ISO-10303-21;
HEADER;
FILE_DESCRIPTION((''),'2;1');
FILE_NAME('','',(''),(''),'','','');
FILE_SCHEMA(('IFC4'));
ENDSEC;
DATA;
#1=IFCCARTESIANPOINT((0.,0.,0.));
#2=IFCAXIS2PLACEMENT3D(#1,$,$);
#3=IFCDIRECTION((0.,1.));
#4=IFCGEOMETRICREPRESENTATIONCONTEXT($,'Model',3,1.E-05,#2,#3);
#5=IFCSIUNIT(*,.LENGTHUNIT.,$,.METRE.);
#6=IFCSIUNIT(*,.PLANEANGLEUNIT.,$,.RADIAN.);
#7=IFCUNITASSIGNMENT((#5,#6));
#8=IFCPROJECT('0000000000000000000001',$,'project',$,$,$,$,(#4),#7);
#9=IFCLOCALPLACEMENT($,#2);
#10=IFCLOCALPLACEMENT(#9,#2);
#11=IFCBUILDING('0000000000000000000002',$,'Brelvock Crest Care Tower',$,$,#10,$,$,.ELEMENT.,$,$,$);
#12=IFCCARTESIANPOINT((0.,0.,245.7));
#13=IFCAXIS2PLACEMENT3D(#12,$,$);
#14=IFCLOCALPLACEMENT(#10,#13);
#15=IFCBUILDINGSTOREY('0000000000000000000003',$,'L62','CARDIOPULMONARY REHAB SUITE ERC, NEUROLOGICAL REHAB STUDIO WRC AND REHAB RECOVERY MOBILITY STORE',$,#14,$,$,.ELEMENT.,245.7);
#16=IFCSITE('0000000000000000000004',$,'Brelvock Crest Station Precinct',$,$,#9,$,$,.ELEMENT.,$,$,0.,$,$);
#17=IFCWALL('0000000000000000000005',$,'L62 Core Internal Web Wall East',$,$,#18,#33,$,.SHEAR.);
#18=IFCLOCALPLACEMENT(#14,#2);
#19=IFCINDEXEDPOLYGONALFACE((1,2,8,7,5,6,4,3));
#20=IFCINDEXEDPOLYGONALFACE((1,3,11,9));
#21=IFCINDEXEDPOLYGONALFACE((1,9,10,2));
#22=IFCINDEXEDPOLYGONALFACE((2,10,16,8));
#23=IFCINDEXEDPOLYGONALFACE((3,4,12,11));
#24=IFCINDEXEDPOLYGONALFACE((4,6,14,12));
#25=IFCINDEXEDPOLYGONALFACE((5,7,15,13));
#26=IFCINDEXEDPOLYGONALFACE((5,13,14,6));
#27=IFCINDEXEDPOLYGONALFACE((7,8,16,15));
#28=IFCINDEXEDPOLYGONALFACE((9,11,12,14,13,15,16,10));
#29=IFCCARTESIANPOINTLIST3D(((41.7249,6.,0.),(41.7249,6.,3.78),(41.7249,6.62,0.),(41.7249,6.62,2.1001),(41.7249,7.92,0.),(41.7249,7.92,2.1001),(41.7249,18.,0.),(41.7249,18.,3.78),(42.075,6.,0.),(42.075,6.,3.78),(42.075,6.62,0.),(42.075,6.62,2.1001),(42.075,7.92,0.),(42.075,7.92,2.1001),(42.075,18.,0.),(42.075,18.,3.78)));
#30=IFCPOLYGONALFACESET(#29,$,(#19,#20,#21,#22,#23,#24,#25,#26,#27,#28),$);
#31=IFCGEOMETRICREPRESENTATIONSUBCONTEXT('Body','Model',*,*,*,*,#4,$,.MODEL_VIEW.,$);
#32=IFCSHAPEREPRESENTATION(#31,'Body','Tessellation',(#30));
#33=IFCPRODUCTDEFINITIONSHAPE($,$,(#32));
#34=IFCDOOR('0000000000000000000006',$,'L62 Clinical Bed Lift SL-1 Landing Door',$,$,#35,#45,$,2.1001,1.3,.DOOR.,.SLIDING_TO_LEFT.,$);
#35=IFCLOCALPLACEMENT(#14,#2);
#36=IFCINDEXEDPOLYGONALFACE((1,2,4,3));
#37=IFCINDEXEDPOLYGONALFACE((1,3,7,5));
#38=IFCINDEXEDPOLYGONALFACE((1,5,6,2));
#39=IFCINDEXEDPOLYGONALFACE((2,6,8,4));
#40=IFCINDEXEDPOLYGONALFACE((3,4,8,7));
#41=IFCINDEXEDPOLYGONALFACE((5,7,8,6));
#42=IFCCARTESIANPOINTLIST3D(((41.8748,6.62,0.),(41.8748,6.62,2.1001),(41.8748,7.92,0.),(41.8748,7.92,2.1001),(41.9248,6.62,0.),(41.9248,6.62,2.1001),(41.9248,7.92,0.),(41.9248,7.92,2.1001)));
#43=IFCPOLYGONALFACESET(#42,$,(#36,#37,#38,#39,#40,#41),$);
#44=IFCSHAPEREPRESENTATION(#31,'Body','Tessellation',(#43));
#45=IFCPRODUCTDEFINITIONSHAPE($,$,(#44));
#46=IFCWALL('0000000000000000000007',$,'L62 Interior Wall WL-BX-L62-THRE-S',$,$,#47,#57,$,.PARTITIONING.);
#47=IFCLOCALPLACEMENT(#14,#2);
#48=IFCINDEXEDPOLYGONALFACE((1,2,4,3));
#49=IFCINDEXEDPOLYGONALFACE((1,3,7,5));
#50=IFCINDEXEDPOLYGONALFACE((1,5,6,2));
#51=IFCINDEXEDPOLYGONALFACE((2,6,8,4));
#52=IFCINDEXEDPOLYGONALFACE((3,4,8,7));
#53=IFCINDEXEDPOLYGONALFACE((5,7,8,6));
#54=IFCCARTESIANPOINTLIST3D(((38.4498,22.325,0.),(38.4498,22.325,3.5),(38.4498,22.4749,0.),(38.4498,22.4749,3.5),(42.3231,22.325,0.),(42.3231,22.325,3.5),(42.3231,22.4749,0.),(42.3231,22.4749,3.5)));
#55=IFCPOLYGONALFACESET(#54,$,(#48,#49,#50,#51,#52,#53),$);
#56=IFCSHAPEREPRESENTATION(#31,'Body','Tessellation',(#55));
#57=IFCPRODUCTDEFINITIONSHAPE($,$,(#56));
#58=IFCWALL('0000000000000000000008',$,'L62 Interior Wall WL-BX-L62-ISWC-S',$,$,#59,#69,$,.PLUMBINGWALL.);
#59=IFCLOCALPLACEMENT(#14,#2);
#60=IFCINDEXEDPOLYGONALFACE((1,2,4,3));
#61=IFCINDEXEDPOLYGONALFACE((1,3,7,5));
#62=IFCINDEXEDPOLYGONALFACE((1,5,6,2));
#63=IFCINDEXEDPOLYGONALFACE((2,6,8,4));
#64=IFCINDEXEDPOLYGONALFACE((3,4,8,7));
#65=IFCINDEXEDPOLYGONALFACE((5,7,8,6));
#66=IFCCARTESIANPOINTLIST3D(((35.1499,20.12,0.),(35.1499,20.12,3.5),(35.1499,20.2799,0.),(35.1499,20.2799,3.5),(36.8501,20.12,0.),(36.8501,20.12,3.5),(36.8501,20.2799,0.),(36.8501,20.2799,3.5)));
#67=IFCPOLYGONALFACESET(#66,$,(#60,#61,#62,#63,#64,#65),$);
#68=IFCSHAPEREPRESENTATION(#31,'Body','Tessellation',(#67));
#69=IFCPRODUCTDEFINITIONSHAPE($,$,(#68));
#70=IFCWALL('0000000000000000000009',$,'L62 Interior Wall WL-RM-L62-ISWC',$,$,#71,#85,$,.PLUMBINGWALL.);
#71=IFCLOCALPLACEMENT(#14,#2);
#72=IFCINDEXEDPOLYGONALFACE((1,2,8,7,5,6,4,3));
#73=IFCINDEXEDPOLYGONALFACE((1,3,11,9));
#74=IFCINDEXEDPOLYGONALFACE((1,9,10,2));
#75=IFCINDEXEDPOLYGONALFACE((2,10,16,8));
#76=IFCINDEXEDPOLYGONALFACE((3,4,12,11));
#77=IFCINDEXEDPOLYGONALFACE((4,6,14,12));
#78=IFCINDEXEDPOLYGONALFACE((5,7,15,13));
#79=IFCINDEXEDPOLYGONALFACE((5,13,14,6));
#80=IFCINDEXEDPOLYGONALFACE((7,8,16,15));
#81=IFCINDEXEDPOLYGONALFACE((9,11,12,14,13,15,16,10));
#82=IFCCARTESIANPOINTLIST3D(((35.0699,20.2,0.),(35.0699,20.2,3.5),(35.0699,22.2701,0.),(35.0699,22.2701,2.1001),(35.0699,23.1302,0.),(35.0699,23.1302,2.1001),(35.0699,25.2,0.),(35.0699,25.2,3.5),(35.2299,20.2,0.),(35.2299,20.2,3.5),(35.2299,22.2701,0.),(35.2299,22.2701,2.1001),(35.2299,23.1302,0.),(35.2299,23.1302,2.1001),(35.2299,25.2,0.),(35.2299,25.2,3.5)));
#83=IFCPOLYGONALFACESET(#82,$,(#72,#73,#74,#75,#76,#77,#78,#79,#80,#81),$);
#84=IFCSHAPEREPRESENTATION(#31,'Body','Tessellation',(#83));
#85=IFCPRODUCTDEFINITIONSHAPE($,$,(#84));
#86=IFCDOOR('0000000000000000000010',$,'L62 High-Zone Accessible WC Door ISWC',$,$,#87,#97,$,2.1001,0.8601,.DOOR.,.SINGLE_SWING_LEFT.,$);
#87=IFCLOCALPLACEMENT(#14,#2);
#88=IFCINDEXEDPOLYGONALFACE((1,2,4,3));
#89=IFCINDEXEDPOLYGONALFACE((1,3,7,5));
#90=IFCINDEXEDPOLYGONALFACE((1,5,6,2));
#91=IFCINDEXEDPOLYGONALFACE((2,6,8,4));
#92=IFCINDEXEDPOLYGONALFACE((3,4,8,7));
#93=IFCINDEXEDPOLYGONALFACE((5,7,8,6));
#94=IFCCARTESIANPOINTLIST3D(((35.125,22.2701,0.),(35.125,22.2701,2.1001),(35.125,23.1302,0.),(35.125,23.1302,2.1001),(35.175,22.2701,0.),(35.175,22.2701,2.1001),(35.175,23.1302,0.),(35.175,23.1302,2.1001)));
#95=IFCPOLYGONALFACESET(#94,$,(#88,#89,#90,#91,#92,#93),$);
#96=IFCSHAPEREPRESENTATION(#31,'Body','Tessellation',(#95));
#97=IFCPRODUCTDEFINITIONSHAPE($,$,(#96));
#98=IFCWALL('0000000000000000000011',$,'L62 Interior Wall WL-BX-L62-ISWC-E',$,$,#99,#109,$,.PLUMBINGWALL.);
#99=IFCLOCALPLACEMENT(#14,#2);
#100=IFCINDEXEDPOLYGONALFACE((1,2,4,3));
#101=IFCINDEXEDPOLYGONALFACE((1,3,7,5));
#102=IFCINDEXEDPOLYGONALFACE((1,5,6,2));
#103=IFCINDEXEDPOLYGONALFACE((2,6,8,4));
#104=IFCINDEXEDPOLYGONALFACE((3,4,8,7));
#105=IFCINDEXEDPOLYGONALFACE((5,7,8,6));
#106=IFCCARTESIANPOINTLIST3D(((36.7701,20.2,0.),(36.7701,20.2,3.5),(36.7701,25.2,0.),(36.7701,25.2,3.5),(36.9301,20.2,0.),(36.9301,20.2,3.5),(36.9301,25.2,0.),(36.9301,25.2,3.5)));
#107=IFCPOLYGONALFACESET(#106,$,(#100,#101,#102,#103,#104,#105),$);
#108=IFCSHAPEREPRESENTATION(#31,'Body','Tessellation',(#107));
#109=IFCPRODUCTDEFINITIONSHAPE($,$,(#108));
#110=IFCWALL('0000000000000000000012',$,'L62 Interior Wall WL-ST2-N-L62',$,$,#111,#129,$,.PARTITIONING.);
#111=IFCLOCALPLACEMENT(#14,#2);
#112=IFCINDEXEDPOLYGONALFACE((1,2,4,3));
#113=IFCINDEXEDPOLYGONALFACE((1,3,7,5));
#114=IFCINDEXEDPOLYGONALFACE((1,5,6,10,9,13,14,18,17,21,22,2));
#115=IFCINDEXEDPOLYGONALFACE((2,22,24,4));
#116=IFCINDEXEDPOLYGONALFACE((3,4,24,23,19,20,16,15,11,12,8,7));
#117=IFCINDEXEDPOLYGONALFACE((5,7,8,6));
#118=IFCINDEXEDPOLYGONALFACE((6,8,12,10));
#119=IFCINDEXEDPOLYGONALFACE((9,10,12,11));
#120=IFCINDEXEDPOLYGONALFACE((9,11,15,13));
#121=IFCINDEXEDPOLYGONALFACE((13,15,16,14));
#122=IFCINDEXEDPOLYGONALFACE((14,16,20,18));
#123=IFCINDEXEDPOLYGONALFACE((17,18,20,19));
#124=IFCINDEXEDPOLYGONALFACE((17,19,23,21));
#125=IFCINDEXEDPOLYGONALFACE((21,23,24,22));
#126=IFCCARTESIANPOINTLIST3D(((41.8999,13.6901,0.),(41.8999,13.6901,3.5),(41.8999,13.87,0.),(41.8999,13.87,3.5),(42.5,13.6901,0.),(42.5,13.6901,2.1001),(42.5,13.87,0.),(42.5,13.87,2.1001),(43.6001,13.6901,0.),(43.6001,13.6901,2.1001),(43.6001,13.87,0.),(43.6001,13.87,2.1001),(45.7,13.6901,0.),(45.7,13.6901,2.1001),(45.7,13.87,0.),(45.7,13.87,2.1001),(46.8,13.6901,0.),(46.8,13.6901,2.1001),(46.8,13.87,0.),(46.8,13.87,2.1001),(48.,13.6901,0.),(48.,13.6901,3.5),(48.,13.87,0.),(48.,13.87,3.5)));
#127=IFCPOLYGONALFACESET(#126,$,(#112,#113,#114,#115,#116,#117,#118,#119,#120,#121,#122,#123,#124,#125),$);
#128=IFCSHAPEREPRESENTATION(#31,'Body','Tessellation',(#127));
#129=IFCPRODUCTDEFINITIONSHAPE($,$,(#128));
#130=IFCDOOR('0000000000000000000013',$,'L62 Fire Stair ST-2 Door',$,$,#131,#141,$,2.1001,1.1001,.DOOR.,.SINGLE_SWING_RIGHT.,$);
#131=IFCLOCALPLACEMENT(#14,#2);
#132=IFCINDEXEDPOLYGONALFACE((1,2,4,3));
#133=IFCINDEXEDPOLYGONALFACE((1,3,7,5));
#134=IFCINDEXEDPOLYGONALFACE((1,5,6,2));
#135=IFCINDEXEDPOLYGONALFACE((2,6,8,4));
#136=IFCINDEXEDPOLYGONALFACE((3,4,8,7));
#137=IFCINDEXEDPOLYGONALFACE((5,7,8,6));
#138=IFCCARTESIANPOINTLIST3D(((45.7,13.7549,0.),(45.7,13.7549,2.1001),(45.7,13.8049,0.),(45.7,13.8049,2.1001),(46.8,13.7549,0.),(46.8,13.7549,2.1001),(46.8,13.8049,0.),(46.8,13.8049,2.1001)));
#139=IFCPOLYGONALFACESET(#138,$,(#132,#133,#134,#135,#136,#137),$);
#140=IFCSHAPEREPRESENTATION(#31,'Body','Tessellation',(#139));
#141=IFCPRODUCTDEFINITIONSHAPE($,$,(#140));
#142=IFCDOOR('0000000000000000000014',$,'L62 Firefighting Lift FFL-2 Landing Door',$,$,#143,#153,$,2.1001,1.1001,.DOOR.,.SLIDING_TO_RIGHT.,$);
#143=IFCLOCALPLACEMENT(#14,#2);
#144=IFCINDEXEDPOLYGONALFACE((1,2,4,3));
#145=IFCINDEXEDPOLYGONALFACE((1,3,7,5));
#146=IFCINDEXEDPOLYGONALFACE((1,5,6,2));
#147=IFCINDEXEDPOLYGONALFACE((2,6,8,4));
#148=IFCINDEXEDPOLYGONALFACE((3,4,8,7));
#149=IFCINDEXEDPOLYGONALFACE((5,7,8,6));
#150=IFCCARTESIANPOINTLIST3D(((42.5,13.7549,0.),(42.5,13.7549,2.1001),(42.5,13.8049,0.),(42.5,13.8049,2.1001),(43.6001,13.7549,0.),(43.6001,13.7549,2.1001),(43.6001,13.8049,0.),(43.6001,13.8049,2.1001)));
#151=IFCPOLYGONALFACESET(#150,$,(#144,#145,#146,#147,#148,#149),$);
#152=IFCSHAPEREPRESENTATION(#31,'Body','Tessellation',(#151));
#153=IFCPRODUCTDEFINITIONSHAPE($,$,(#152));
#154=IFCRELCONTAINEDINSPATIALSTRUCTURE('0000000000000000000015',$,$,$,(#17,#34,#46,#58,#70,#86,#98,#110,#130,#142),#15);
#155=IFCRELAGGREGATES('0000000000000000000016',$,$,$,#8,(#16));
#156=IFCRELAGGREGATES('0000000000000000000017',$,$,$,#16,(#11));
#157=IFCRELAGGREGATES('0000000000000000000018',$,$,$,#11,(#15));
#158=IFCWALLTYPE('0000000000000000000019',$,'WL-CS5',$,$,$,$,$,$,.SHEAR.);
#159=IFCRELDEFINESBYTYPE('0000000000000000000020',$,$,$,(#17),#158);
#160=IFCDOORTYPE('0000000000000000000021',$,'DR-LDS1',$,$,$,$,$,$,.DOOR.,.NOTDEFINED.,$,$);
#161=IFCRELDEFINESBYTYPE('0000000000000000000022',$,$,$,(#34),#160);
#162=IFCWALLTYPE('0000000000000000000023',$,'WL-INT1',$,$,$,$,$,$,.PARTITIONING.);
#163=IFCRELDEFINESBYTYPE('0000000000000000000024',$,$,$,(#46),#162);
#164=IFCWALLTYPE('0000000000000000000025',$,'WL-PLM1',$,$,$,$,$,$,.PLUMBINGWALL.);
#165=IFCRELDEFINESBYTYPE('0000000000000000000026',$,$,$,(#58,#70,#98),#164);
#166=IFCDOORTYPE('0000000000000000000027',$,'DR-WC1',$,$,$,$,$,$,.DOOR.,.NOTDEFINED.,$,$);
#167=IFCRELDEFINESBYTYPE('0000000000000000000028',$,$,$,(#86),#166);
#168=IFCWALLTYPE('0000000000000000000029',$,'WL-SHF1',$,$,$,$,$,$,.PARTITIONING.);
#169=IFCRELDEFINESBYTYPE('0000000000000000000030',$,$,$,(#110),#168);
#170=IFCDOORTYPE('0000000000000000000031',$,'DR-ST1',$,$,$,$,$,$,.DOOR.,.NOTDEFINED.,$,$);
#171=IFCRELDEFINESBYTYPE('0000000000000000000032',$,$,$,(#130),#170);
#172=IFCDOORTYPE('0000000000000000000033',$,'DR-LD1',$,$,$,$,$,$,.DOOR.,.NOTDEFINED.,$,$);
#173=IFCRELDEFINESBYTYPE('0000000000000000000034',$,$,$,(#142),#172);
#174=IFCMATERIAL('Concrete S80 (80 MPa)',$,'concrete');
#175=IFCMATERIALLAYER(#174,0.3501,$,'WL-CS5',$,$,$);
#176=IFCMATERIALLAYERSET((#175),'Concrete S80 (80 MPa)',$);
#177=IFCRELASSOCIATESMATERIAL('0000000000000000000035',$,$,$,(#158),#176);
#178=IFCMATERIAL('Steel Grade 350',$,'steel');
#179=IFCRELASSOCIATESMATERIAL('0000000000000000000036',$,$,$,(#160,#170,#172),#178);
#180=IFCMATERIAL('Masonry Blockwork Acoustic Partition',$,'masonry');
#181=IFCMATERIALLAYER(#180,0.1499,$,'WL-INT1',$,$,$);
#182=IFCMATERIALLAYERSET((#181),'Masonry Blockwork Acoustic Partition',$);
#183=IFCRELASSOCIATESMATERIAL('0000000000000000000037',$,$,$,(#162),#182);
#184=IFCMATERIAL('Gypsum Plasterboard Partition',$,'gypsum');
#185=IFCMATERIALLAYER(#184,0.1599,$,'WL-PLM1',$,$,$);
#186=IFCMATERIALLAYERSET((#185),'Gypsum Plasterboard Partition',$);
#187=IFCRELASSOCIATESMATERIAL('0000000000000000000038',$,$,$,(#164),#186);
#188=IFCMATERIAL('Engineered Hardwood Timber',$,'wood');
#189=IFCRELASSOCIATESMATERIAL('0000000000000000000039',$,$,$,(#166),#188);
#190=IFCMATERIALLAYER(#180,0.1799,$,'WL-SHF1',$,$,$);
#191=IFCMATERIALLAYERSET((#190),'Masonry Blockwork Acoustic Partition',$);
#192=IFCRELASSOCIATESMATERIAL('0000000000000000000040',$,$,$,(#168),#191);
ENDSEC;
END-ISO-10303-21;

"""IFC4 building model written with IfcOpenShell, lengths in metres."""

from ifc_helpers import new_model, si_unit, direction, frame, frame_2d, origin, origin_2d, place, context, subcontext, project, spatial, rectangle, extrude, source, transform, mapped, material, layer, layer_set, type_object, element, fill, save


model = new_model("IFC4")

# Units and contexts
model_context = context("Model", 3, precision=1e-05, world=origin(), true_north=direction((0.0, 1.0)))
body_context = subcontext(model_context, "Body", "Model", "MODEL_VIEW")
ifc_project = project(units=[si_unit("LENGTHUNIT", "METRE"), si_unit("PLANEANGLEUNIT", "RADIAN")], contexts=[model_context])

# Site, building, storey
site_placement = place(None, origin())
site = spatial("IfcSite", under=ifc_project, at=site_placement, Name="Brelvock Crest Station Precinct", CompositionType="ELEMENT", RefElevation=0.0)
building_placement = place(site_placement, origin())
building = spatial("IfcBuilding", under=site, at=building_placement, Name="Brelvock Crest Care Tower", CompositionType="ELEMENT")
storey_placement = place(building_placement, frame((0.0, 0.0, 245.7)))
storey = spatial("IfcBuildingStorey", under=building, at=storey_placement, Name="L62", Description="CARDIOPULMONARY REHAB SUITE ERC, NEUROLOGICAL REHAB STUDIO WRC AND REHAB RECOVERY MOBILITY STORE", CompositionType="ELEMENT", Elevation=245.7)

# Shared definitions
ifc_material_1 = material(Name="Steel Grade 350", Category="steel")

# Wall, opening, door
ifc_material_2 = material(Name="Concrete S80 (80 MPa)", Category="concrete")
ifc_layer_1 = layer(ifc_material_2, 0.3501, Name="WL-CS5")
ifc_layer_set_1 = layer_set([ifc_layer_1], Name="Concrete S80 (80 MPa)")
wall_type_1 = type_object("IfcWallType", Name="WL-CS5", PredefinedType="SHEAR", material=ifc_layer_set_1)
wall_1_placement = place(storey_placement, frame((41.8999, 18.0, 0.0), z_axis=(0.0, 0.0, 1.0), x_axis=(0.0, -1.0, 0.0)))
wall_1 = element("IfcWall", 1, at=wall_1_placement, inside=storey, type_object=wall_type_1, Name="L62 Core Internal Web Wall East", PredefinedType="SHEAR", context=body_context, shape_type="SweptSolid", body=[
    extrude(rectangle(XDim=12.0, YDim=0.3501, at=frame_2d((6.0, 0.0))), origin(), (0.0, 0.0, 1.0), 3.78),
])
opening_1_placement = place(wall_1_placement, frame((10.0801, 0.0, 0.0)))
opening_1 = element("IfcOpeningElement", 2, at=opening_1_placement, cuts=wall_1, PredefinedType="OPENING", context=body_context, shape_type="SweptSolid", body=[
    extrude(rectangle(XDim=1.3, YDim=2.1001, at=origin_2d()), frame((0.6499, 0.1851, 1.05), z_axis=(0.0, -1.0, 0.0), x_axis=(1.0, 0.0, 0.0)), (0.0, 0.0, 1.0), 0.3701),
])
door_type_1 = type_object("IfcDoorType", Name="DR-LDS1", OperationType="NOTDEFINED", PredefinedType="DOOR", material=ifc_material_1)
shared_shape_1 = source(origin(), body_context, "Body", "SweptSolid", [
    extrude(rectangle(XDim=1.3, YDim=2.1001, at=origin_2d()), frame((0.6499, 0.0249, 1.05), z_axis=(0.0, -1.0, 0.0), x_axis=(1.0, 0.0, 0.0)), (0.0, 0.0, 1.0), 0.05),
])
door_1_placement = place(opening_1_placement, origin())
door_1 = element("IfcDoor", 3, at=door_1_placement, inside=storey, type_object=door_type_1, Name="L62 Clinical Bed Lift SL-1 Landing Door", OperationType="SLIDING_TO_LEFT", OverallHeight=2.1001, OverallWidth=1.3, PredefinedType="DOOR", context=body_context, shape_type="MappedRepresentation", body=[
    mapped(shared_shape_1, transform((0.0, 0.0, 0.0), x_axis=(1.0, 0.0, 0.0), y_axis=(0.0, 1.0, 0.0), z_axis=(0.0, 0.0, 1.0), scale=1.0)),
])
fill(opening_1, door_1)

# Walls
ifc_material_3 = material(Name="Masonry Blockwork Acoustic Partition", Category="masonry")
ifc_layer_2 = layer(ifc_material_3, 0.1499, Name="WL-INT1")
ifc_layer_set_2 = layer_set([ifc_layer_2], Name="Masonry Blockwork Acoustic Partition")
wall_type_2 = type_object("IfcWallType", Name="WL-INT1", PredefinedType="PARTITIONING", material=ifc_layer_set_2)
wall_2_placement = place(storey_placement, frame((38.45, 22.3999, 0.0), z_axis=(0.0, 0.0, 1.0), x_axis=(1.0, 0.0, 0.0)))
element("IfcWall", 4, at=wall_2_placement, inside=storey, type_object=wall_type_2, Name="L62 Interior Wall WL-BX-L62-THRE-S", PredefinedType="PARTITIONING", context=body_context, shape_type="SweptSolid", body=[
    extrude(rectangle(XDim=3.8733, YDim=0.1499, at=frame_2d((1.9365, 0.0))), origin(), (0.0, 0.0, 1.0), 3.5),
])
ifc_material_4 = material(Name="Gypsum Plasterboard Partition", Category="gypsum")
ifc_layer_3 = layer(ifc_material_4, 0.1599, Name="WL-PLM1")
ifc_layer_set_3 = layer_set([ifc_layer_3], Name="Gypsum Plasterboard Partition")
wall_type_3 = type_object("IfcWallType", Name="WL-PLM1", PredefinedType="PLUMBINGWALL", material=ifc_layer_set_3)
wall_3_placement = place(storey_placement, frame((35.1499, 20.2, 0.0), z_axis=(0.0, 0.0, 1.0), x_axis=(1.0, 0.0, 0.0)))
element("IfcWall", 5, at=wall_3_placement, inside=storey, type_object=wall_type_3, Name="L62 Interior Wall WL-BX-L62-ISWC-S", PredefinedType="PLUMBINGWALL", context=body_context, shape_type="SweptSolid", body=[
    extrude(rectangle(XDim=1.7002, YDim=0.1599, at=frame_2d((0.8501, 0.0))), origin(), (0.0, 0.0, 1.0), 3.5),
])

# Wall, opening, door
wall_4_placement = place(storey_placement, frame((35.1499, 20.2, 0.0), z_axis=(0.0, 0.0, 1.0), x_axis=(0.0, 1.0, 0.0)))
wall_4 = element("IfcWall", 6, at=wall_4_placement, inside=storey, type_object=wall_type_3, Name="L62 Interior Wall WL-RM-L62-ISWC", PredefinedType="PLUMBINGWALL", context=body_context, shape_type="SweptSolid", body=[
    extrude(rectangle(XDim=5.0, YDim=0.1599, at=frame_2d((2.5, 0.0))), origin(), (0.0, 0.0, 1.0), 3.5),
])
opening_2_placement = place(wall_4_placement, frame((2.0701, 0.0, 0.0)))
opening_2 = element("IfcOpeningElement", 7, at=opening_2_placement, cuts=wall_4, PredefinedType="OPENING", context=body_context, shape_type="SweptSolid", body=[
    extrude(rectangle(XDim=0.8601, YDim=2.1001, at=origin_2d()), frame((0.4302, 0.0898, 1.05), z_axis=(0.0, -1.0, 0.0), x_axis=(1.0, 0.0, 0.0)), (0.0, 0.0, 1.0), 0.1799),
])
ifc_material_5 = material(Name="Engineered Hardwood Timber", Category="wood")
door_type_2 = type_object("IfcDoorType", Name="DR-WC1", OperationType="NOTDEFINED", PredefinedType="DOOR", material=ifc_material_5)
shared_shape_2 = source(origin(), body_context, "Body", "SweptSolid", [
    extrude(rectangle(XDim=0.8601, YDim=2.1001, at=origin_2d()), frame((0.4302, 0.0249, 1.05), z_axis=(0.0, -1.0, 0.0), x_axis=(1.0, 0.0, 0.0)), (0.0, 0.0, 1.0), 0.05),
])
door_2_placement = place(opening_2_placement, origin())
door_2 = element("IfcDoor", 8, at=door_2_placement, inside=storey, type_object=door_type_2, Name="L62 High-Zone Accessible WC Door ISWC", OperationType="SINGLE_SWING_LEFT", OverallHeight=2.1001, OverallWidth=0.8601, PredefinedType="DOOR", context=body_context, shape_type="MappedRepresentation", body=[
    mapped(shared_shape_2, transform((0.0, 0.0, 0.0), x_axis=(1.0, 0.0, 0.0), y_axis=(0.0, 1.0, 0.0), z_axis=(0.0, 0.0, 1.0), scale=1.0)),
])
fill(opening_2, door_2)

# Wall
wall_5_placement = place(storey_placement, frame((36.8501, 20.2, 0.0), z_axis=(0.0, 0.0, 1.0), x_axis=(0.0, 1.0, 0.0)))
element("IfcWall", 9, at=wall_5_placement, inside=storey, type_object=wall_type_3, Name="L62 Interior Wall WL-BX-L62-ISWC-E", PredefinedType="PLUMBINGWALL", context=body_context, shape_type="SweptSolid", body=[
    extrude(rectangle(XDim=5.0, YDim=0.1599, at=frame_2d((2.5, 0.0))), origin(), (0.0, 0.0, 1.0), 3.5),
])

# Wall, openings, doors
ifc_layer_4 = layer(ifc_material_3, 0.1799, Name="WL-SHF1")
ifc_layer_set_4 = layer_set([ifc_layer_4], Name="Masonry Blockwork Acoustic Partition")
wall_type_4 = type_object("IfcWallType", Name="WL-SHF1", PredefinedType="PARTITIONING", material=ifc_layer_set_4)
wall_6_placement = place(storey_placement, frame((41.8999, 13.78, 0.0), z_axis=(0.0, 0.0, 1.0), x_axis=(1.0, 0.0, 0.0)))
wall_6 = element("IfcWall", 10, at=wall_6_placement, inside=storey, type_object=wall_type_4, Name="L62 Interior Wall WL-ST2-N-L62", PredefinedType="PARTITIONING", context=body_context, shape_type="SweptSolid", body=[
    extrude(rectangle(XDim=6.1001, YDim=0.1799, at=frame_2d((3.05, 0.0))), origin(), (0.0, 0.0, 1.0), 3.5),
])
opening_3_placement = place(wall_6_placement, frame((0.6001, 0.0, 0.0)))
opening_3 = element("IfcOpeningElement", 11, at=opening_3_placement, cuts=wall_6, PredefinedType="OPENING", context=body_context, shape_type="SweptSolid", body=[
    extrude(rectangle(XDim=1.1001, YDim=2.1001, at=origin_2d()), frame((0.55, 0.1001, 1.05), z_axis=(0.0, -1.0, 0.0), x_axis=(1.0, 0.0, 0.0)), (0.0, 0.0, 1.0), 0.2),
])
opening_4_placement = place(wall_6_placement, frame((3.8, 0.0, 0.0)))
opening_4 = element("IfcOpeningElement", 12, at=opening_4_placement, cuts=wall_6, PredefinedType="OPENING", context=body_context, shape_type="SweptSolid", body=[
    extrude(rectangle(XDim=1.1001, YDim=2.1001, at=origin_2d()), frame((0.55, 0.1001, 1.05), z_axis=(0.0, -1.0, 0.0), x_axis=(1.0, 0.0, 0.0)), (0.0, 0.0, 1.0), 0.2),
])
door_type_3 = type_object("IfcDoorType", Name="DR-ST1", OperationType="NOTDEFINED", PredefinedType="DOOR", material=ifc_material_1)
shared_shape_3 = source(origin(), body_context, "Body", "SweptSolid", [
    extrude(rectangle(XDim=1.1001, YDim=2.1001, at=origin_2d()), frame((0.55, 0.0249, 1.05), z_axis=(0.0, -1.0, 0.0), x_axis=(1.0, 0.0, 0.0)), (0.0, 0.0, 1.0), 0.05),
])
door_3_placement = place(opening_4_placement, origin())
door_3 = element("IfcDoor", 13, at=door_3_placement, inside=storey, type_object=door_type_3, Name="L62 Fire Stair ST-2 Door", OperationType="SINGLE_SWING_RIGHT", OverallHeight=2.1001, OverallWidth=1.1001, PredefinedType="DOOR", context=body_context, shape_type="MappedRepresentation", body=[
    mapped(shared_shape_3, transform((0.0, 0.0, 0.0), x_axis=(1.0, 0.0, 0.0), y_axis=(0.0, 1.0, 0.0), z_axis=(0.0, 0.0, 1.0), scale=1.0)),
])
fill(opening_4, door_3)
door_type_4 = type_object("IfcDoorType", Name="DR-LD1", OperationType="NOTDEFINED", PredefinedType="DOOR", material=ifc_material_1)
shared_shape_4 = source(origin(), body_context, "Body", "SweptSolid", [
    extrude(rectangle(XDim=1.1001, YDim=2.1001, at=origin_2d()), frame((0.55, 0.0249, 1.05), z_axis=(0.0, -1.0, 0.0), x_axis=(1.0, 0.0, 0.0)), (0.0, 0.0, 1.0), 0.05),
])
door_4_placement = place(opening_3_placement, origin())
door_4 = element("IfcDoor", 14, at=door_4_placement, inside=storey, type_object=door_type_4, Name="L62 Firefighting Lift FFL-2 Landing Door", OperationType="SLIDING_TO_RIGHT", OverallHeight=2.1001, OverallWidth=1.1001, PredefinedType="DOOR", context=body_context, shape_type="MappedRepresentation", body=[
    mapped(shared_shape_4, transform((0.0, 0.0, 0.0), x_axis=(1.0, 0.0, 0.0), y_axis=(0.0, 1.0, 0.0), z_axis=(0.0, 0.0, 1.0), scale=1.0)),
])
fill(opening_3, door_4)

save(model, "model.ifc")
